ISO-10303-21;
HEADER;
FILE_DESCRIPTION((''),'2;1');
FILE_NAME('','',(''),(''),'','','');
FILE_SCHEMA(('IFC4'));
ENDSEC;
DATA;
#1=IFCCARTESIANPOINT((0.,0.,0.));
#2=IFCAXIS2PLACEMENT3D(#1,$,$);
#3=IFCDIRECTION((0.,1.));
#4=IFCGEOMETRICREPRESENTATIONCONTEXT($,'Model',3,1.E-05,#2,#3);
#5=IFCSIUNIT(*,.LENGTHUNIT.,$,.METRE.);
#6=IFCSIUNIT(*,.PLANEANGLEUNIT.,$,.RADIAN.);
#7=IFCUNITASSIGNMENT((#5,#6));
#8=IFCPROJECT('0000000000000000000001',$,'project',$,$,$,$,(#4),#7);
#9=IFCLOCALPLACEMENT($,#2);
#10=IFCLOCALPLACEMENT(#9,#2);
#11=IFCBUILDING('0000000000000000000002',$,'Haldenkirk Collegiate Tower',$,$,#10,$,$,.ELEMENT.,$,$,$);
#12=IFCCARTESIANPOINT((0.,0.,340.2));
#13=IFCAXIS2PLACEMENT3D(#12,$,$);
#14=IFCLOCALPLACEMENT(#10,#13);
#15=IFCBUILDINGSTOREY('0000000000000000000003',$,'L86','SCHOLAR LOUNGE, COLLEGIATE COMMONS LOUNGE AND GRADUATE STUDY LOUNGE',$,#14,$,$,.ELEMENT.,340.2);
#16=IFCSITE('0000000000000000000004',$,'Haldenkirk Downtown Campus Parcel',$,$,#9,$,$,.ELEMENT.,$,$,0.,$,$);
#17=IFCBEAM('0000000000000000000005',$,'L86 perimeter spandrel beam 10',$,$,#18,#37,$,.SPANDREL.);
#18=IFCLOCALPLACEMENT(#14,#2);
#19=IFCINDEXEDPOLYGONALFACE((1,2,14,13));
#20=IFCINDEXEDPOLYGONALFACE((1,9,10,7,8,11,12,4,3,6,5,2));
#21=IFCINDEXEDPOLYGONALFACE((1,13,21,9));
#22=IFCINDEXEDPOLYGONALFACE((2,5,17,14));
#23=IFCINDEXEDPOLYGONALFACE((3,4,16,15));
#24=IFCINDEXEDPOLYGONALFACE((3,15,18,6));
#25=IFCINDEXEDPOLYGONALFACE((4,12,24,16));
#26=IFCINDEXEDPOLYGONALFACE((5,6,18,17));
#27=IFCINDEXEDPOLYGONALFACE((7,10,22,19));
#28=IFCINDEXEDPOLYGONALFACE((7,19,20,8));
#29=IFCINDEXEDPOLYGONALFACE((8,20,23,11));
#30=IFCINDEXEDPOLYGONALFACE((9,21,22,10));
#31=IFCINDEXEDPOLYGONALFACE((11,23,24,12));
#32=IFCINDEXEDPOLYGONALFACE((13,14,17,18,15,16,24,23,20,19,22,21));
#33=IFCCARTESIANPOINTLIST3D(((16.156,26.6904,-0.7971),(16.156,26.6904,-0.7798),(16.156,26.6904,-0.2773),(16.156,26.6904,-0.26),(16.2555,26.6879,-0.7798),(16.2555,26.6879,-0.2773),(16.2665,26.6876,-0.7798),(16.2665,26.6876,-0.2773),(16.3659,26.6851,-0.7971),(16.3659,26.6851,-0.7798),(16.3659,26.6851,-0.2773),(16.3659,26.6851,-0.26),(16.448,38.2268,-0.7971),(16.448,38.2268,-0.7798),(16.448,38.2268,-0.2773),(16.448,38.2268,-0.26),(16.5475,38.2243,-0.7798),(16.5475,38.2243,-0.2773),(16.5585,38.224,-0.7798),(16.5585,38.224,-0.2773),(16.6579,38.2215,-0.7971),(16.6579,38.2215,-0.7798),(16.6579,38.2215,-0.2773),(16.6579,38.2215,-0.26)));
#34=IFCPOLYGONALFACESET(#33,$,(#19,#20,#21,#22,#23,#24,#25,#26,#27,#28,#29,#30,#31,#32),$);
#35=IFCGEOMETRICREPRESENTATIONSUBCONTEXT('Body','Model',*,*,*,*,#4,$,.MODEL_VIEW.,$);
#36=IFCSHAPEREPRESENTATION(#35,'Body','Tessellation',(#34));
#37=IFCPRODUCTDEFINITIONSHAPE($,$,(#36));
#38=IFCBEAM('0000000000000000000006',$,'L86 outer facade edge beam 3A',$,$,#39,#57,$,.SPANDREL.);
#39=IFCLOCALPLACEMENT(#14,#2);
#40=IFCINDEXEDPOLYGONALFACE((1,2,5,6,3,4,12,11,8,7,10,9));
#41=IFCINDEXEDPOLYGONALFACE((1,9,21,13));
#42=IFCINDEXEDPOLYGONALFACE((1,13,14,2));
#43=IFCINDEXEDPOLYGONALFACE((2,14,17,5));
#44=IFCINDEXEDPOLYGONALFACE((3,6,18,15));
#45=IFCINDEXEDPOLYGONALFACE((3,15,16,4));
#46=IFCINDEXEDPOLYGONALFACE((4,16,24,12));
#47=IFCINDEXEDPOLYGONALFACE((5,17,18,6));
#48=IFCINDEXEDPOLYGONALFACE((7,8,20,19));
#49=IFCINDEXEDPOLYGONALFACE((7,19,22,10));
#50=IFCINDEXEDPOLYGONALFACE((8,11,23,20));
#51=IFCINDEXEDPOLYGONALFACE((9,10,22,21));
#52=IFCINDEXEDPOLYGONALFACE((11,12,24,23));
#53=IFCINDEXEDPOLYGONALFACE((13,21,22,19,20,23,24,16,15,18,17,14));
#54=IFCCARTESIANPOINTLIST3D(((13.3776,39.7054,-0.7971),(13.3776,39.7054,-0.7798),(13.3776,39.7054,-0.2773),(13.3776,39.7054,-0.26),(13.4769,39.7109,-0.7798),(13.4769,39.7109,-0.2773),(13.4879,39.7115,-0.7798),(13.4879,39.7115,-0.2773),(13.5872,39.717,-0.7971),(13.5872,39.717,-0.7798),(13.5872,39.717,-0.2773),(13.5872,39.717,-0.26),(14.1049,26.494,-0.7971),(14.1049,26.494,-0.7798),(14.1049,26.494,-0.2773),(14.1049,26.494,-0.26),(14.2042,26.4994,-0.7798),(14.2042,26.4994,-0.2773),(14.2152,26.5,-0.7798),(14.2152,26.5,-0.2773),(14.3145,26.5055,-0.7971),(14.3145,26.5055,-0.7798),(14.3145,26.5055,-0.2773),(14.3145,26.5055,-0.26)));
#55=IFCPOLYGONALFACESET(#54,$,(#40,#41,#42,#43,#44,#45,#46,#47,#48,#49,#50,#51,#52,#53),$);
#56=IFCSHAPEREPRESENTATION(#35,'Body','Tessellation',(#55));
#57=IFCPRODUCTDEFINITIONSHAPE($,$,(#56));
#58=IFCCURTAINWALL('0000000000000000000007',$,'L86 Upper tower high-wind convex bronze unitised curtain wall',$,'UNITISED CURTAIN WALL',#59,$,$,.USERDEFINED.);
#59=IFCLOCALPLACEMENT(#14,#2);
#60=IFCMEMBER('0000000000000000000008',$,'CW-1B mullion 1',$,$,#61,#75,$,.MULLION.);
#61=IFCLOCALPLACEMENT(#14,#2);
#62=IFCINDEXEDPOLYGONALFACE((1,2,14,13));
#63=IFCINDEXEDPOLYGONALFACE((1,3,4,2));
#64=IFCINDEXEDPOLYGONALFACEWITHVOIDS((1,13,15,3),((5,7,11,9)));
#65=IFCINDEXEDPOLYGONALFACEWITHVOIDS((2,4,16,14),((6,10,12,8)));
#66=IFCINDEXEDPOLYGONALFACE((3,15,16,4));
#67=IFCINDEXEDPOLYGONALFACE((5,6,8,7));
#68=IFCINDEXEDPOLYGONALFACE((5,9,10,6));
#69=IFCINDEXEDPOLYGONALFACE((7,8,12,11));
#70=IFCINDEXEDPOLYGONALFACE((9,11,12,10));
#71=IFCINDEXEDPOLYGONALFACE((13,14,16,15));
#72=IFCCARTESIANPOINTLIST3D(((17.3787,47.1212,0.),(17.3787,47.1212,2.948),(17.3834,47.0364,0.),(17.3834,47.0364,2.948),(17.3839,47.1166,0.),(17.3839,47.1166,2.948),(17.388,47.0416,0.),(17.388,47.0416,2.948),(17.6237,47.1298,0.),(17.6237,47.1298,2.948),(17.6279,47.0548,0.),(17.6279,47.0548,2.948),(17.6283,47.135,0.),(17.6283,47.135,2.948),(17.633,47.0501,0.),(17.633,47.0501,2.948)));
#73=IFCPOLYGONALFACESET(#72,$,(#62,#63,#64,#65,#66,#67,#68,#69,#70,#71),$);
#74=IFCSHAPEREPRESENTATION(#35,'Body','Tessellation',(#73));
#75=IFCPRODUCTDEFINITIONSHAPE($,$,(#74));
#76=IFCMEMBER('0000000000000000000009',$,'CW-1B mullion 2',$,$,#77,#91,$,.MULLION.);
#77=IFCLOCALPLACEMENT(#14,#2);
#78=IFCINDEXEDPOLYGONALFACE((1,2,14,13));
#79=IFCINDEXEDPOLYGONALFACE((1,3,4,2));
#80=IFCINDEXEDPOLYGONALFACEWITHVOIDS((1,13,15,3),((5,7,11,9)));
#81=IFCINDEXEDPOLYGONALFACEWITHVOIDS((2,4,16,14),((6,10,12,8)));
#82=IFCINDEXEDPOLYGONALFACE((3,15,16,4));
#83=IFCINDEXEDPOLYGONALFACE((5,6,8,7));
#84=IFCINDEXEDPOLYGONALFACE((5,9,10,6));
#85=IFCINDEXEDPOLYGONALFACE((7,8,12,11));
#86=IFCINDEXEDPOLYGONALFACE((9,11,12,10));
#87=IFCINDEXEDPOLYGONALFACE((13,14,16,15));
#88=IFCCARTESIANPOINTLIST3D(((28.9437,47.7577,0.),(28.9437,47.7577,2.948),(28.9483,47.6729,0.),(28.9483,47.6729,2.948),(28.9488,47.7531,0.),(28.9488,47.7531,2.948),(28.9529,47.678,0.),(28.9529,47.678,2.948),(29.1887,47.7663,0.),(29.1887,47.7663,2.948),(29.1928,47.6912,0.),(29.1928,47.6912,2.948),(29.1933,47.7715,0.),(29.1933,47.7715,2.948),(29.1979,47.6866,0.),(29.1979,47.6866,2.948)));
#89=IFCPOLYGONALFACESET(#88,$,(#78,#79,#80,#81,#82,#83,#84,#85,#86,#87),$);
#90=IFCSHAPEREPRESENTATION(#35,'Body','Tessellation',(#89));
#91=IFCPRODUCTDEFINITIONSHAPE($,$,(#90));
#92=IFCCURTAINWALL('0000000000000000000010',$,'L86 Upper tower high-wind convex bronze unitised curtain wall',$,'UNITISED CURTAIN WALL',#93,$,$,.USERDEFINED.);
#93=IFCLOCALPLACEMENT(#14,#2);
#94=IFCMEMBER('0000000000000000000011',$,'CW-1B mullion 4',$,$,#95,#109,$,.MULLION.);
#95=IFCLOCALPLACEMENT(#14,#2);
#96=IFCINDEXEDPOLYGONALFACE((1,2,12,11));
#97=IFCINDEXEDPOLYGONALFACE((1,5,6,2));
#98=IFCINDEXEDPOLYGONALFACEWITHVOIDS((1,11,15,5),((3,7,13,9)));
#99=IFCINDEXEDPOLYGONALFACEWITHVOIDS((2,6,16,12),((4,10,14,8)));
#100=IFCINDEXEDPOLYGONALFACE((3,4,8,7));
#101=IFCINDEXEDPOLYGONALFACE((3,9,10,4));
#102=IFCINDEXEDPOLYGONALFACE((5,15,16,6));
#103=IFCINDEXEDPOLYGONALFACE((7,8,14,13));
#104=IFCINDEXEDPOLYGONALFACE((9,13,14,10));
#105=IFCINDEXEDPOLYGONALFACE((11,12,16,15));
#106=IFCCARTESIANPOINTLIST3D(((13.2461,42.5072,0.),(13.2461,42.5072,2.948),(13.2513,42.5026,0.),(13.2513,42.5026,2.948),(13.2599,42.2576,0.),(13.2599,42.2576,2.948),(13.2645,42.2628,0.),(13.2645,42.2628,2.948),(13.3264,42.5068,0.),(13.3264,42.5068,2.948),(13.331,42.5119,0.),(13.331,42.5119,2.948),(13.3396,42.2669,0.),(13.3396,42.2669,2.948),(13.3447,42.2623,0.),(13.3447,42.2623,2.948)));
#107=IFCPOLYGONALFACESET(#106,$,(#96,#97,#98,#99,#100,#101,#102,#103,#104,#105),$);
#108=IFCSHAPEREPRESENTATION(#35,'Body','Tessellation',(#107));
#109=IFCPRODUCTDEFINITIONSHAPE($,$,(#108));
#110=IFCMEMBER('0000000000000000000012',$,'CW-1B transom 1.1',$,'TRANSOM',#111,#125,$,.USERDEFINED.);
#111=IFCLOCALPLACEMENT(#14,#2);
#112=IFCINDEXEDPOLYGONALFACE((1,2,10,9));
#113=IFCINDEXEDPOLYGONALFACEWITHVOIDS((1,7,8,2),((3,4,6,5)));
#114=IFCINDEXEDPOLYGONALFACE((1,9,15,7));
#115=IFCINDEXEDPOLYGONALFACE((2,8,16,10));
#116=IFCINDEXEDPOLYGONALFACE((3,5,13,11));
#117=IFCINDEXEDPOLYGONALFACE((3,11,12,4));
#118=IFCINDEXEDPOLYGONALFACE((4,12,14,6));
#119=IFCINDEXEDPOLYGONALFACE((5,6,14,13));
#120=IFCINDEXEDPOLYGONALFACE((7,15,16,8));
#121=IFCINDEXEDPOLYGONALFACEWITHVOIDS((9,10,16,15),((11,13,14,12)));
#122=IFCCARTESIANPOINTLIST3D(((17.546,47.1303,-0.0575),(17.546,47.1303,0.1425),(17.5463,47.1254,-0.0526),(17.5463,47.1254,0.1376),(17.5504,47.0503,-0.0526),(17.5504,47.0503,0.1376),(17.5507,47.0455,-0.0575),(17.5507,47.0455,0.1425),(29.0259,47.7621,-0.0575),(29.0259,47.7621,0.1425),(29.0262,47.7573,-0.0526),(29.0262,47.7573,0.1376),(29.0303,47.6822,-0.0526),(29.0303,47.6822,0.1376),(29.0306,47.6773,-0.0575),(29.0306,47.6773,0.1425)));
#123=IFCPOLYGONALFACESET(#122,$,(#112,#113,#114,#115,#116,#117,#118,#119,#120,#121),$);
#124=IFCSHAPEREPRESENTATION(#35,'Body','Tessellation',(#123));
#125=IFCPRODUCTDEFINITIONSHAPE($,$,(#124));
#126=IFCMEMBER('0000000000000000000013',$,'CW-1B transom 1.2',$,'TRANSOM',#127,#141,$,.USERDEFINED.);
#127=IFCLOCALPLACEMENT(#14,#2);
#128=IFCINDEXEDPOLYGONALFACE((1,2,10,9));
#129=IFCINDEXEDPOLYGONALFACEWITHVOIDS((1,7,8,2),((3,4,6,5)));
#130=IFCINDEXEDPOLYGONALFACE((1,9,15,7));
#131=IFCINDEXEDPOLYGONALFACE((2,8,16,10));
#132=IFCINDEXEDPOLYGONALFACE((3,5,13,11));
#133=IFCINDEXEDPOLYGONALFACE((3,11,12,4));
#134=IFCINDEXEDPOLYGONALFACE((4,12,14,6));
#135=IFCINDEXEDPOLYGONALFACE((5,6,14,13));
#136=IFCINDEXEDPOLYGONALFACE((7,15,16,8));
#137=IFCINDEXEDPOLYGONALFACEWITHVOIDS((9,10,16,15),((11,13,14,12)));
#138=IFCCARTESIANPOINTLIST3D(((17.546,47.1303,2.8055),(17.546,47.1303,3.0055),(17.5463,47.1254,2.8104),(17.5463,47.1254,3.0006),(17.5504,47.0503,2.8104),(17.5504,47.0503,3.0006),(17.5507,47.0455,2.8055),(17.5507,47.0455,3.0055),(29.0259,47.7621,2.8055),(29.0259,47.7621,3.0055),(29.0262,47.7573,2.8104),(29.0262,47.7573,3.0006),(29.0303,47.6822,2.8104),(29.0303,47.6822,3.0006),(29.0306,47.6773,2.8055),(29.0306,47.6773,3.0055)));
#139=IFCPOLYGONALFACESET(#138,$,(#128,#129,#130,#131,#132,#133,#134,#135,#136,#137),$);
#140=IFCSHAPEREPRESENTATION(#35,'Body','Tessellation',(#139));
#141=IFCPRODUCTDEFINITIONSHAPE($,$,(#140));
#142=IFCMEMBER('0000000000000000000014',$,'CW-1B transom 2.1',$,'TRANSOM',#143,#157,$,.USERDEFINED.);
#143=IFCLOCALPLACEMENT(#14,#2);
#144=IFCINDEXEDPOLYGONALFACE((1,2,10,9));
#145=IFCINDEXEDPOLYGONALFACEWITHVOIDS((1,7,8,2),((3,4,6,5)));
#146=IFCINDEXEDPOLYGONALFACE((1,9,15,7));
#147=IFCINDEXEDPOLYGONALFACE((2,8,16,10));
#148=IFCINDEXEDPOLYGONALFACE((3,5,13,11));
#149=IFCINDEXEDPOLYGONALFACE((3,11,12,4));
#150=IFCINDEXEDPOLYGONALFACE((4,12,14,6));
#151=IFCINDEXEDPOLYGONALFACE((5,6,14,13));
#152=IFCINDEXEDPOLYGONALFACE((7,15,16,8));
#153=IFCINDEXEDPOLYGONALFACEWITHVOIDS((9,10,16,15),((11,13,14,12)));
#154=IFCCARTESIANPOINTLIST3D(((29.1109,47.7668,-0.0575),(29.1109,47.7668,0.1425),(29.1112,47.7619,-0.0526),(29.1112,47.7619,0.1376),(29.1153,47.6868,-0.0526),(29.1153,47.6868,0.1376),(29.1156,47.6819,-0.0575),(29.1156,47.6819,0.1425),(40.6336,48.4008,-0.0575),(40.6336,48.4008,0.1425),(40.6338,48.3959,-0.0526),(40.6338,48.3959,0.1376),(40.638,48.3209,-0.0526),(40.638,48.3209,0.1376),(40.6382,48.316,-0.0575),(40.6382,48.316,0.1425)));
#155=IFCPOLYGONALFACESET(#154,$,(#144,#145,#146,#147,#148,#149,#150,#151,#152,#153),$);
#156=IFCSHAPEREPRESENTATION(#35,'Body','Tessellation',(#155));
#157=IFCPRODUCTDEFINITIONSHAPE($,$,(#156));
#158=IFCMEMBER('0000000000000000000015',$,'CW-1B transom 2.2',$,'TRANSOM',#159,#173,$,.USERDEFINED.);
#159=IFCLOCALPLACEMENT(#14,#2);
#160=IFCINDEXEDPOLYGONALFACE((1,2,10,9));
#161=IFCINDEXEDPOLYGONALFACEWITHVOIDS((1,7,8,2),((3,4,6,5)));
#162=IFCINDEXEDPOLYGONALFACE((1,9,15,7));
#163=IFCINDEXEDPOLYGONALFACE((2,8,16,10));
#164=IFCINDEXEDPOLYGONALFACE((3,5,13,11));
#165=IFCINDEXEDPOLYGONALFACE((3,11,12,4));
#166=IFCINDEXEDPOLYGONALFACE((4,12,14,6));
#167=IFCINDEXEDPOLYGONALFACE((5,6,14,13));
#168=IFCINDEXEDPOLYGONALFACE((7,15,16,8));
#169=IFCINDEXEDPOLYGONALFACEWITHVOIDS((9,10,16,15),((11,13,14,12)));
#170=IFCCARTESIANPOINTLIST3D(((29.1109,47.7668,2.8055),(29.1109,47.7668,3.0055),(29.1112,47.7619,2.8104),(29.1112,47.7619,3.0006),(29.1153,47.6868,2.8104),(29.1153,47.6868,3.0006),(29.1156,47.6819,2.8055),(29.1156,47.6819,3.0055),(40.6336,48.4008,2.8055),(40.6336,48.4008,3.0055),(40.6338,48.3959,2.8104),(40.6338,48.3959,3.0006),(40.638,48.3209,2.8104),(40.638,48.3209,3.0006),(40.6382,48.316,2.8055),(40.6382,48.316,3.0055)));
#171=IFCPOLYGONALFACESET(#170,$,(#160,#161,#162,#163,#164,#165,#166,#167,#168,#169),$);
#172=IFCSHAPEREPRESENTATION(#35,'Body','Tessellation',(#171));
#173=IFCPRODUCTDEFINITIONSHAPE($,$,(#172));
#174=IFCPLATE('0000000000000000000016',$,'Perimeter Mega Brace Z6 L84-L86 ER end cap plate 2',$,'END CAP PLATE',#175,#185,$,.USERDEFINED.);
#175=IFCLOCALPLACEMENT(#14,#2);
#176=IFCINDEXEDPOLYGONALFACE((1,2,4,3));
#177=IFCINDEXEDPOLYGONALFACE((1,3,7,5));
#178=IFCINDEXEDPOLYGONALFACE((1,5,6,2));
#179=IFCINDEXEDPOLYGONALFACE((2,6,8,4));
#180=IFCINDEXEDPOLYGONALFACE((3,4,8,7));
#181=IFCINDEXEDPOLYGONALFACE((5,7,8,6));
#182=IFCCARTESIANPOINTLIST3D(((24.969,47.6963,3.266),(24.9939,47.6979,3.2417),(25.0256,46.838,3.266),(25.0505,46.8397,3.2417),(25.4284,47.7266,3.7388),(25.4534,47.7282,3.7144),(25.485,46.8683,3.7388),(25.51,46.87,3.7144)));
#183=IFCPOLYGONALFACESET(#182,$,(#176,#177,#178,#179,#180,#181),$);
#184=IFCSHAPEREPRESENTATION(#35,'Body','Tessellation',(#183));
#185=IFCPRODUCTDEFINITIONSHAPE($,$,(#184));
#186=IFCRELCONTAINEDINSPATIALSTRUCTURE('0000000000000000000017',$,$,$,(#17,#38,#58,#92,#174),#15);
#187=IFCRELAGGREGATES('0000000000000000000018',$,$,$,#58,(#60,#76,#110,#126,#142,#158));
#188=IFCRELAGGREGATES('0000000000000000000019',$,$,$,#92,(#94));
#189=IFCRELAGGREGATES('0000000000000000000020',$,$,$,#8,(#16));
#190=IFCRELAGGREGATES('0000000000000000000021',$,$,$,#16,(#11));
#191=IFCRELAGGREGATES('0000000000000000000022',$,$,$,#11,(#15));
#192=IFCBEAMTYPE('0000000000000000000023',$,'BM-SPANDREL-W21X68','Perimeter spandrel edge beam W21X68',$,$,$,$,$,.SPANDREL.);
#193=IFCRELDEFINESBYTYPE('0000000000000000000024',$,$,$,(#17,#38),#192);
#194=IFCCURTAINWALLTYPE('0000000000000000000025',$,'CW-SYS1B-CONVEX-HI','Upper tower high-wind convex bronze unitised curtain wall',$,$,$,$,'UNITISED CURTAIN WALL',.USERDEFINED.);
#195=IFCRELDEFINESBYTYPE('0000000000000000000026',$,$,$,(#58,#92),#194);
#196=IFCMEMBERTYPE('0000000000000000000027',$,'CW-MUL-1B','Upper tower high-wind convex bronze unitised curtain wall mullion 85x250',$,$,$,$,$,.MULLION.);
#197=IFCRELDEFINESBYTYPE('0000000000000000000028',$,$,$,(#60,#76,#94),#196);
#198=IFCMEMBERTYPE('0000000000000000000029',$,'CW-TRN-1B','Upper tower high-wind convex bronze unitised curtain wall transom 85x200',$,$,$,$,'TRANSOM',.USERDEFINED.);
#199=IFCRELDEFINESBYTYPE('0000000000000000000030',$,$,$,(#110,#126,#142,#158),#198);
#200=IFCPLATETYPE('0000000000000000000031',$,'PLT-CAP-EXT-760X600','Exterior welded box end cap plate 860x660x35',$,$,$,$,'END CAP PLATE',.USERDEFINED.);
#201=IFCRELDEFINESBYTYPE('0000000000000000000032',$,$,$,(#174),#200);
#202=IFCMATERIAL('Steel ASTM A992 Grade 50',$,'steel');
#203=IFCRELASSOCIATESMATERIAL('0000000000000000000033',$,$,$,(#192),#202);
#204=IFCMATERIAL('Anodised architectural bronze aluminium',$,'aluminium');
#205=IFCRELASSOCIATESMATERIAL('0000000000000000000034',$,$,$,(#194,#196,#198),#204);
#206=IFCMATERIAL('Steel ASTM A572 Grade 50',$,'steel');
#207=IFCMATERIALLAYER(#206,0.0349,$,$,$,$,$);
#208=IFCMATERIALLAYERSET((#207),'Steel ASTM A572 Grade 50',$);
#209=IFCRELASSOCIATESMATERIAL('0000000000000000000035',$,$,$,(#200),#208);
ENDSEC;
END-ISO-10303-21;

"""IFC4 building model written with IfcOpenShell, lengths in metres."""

from ifc_helpers import new_model, si_unit, direction, frame, origin, origin_2d, place, context, subcontext, project, spatial, rectangle, hollow_rectangle, i_section, extrude, source, transform, mapped, material, layer, layer_set, material_profile, profile_set, type_object, element, aggregate, save


model = new_model("IFC4")

# Units and contexts
model_context = context("Model", 3, precision=1e-05, world=origin(), true_north=direction((0.0, 1.0)))
body_context = subcontext(model_context, "Body", "Model", "MODEL_VIEW")
ifc_project = project(units=[si_unit("LENGTHUNIT", "METRE"), si_unit("PLANEANGLEUNIT", "RADIAN")], contexts=[model_context])

# Site, building, storey
site_placement = place(None, origin())
site = spatial("IfcSite", under=ifc_project, at=site_placement, Name="Haldenkirk Downtown Campus Parcel", CompositionType="ELEMENT", RefElevation=0.0)
building_placement = place(site_placement, origin())
building = spatial("IfcBuilding", under=site, at=building_placement, Name="Haldenkirk Collegiate Tower", CompositionType="ELEMENT")
storey_placement = place(building_placement, frame((0.0, 0.0, 340.2)))
storey = spatial("IfcBuildingStorey", under=building, at=storey_placement, Name="L86", Description="SCHOLAR LOUNGE, COLLEGIATE COMMONS LOUNGE AND GRADUATE STUDY LOUNGE", CompositionType="ELEMENT", Elevation=340.2)

# Shared definitions
ifc_material_1 = material(Name="Steel ASTM A572 Grade 50", Category="steel")

# Beams
ifc_material_2 = material(Name="Steel ASTM A992 Grade 50", Category="steel")
ifc_material_profile_1 = material_profile(ifc_material_2, i_section(OverallWidth=0.21, OverallDepth=0.5371, WebThickness=0.011, FlangeThickness=0.0173, at=origin_2d()), Name="W21X68")
ifc_profile_set_1 = profile_set([ifc_material_profile_1], Name="Steel ASTM A992 Grade 50")
beam_type_1 = type_object("IfcBeamType", Name="BM-SPANDREL-W21X68", Description="Perimeter spandrel edge beam W21X68", PredefinedType="SPANDREL", material=ifc_profile_set_1)
beam_1_placement = place(storey_placement, frame((16.553, 38.2241, -0.5286), z_axis=(-0.025302, -0.99968, 0.0), x_axis=(0.99968, -0.025302, 0.0)))
element("IfcBeam", 1, at=beam_1_placement, inside=storey, type_object=beam_type_1, Name="L86 perimeter spandrel beam 10", PredefinedType="SPANDREL", context=body_context, shape_type="SweptSolid", body=[
    extrude(i_section(OverallWidth=0.21, OverallDepth=0.5371, WebThickness=0.011, FlangeThickness=0.0173, at=origin_2d()), origin(), (0.0, 0.0, 1.0), 11.54),
])
beam_2_placement = place(storey_placement, frame((13.4824, 39.7112, -0.5286), z_axis=(0.054967, -0.998488, 0.0), x_axis=(0.998488, 0.054967, 0.0)))
element("IfcBeam", 2, at=beam_2_placement, inside=storey, type_object=beam_type_1, Name="L86 outer facade edge beam 3A", PredefinedType="SPANDREL", context=body_context, shape_type="SweptSolid", body=[
    extrude(i_section(OverallWidth=0.21, OverallDepth=0.5371, WebThickness=0.011, FlangeThickness=0.0173, at=origin_2d()), origin(), (0.0, 0.0, 1.0), 13.2314),
])

# Curtain wall, members
ifc_material_3 = material(Name="Anodised architectural bronze aluminium", Category="aluminium")
curtain_wall_type = type_object("IfcCurtainWallType", Name="CW-SYS1B-CONVEX-HI", Description="Upper tower high-wind convex bronze unitised curtain wall", ElementType="UNITISED CURTAIN WALL", PredefinedType="USERDEFINED", material=ifc_material_3)
curtain_wall_1_placement = place(storey_placement, origin())
curtain_wall_1 = element("IfcCurtainWall", 3, at=curtain_wall_1_placement, inside=storey, type_object=curtain_wall_type, Name="L86 Upper tower high-wind convex bronze unitised curtain wall", ObjectType="UNITISED CURTAIN WALL", PredefinedType="USERDEFINED")
ifc_material_profile_2 = material_profile(ifc_material_3, hollow_rectangle(XDim=0.085, YDim=0.25, WallThickness=0.0049, at=origin_2d()), Name="CW-MUL-1B")
ifc_profile_set_2 = profile_set([ifc_material_profile_2], Name="Anodised architectural bronze aluminium")
member_type_1 = type_object("IfcMemberType", Name="CW-MUL-1B", Description="Upper tower high-wind convex bronze unitised curtain wall mullion 85x250", PredefinedType="MULLION", material=ifc_profile_set_2)
member_1_placement = place(storey_placement, frame((17.5059, 47.0857, 0.0), z_axis=(0.0, 0.0, 1.0), x_axis=(-0.054948, 0.998489, 0.0)))
member_1 = element("IfcMember", 4, at=member_1_placement, type_object=member_type_1, Name="CW-1B mullion 1", PredefinedType="MULLION", context=body_context, shape_type="SweptSolid", body=[
    extrude(hollow_rectangle(XDim=0.085, YDim=0.25, WallThickness=0.0049, at=origin_2d()), origin(), (0.0, 0.0, 1.0), 2.948),
])
member_2_placement = place(storey_placement, frame((29.0708, 47.7222, 0.0), z_axis=(0.0, 0.0, 1.0), x_axis=(-0.054948, 0.998489, 0.0)))
member_2 = element("IfcMember", 5, at=member_2_placement, type_object=member_type_1, Name="CW-1B mullion 2", PredefinedType="MULLION", context=body_context, shape_type="SweptSolid", body=[
    extrude(hollow_rectangle(XDim=0.085, YDim=0.25, WallThickness=0.0049, at=origin_2d()), origin(), (0.0, 0.0, 1.0), 2.948),
])

# Curtain wall, member
curtain_wall_2_placement = place(storey_placement, origin())
curtain_wall_2 = element("IfcCurtainWall", 6, at=curtain_wall_2_placement, inside=storey, type_object=curtain_wall_type, Name="L86 Upper tower high-wind convex bronze unitised curtain wall", ObjectType="UNITISED CURTAIN WALL", PredefinedType="USERDEFINED")
member_3_placement = place(storey_placement, frame((13.2954, 42.3848, 0.0), z_axis=(0.0, 0.0, 1.0), x_axis=(-0.998489, -0.054949, 0.0)))
member_3 = element("IfcMember", 7, at=member_3_placement, type_object=member_type_1, Name="CW-1B mullion 4", PredefinedType="MULLION", context=body_context, shape_type="SweptSolid", body=[
    extrude(hollow_rectangle(XDim=0.085, YDim=0.25, WallThickness=0.0049, at=origin_2d()), origin(), (0.0, 0.0, 1.0), 2.948),
])

# Members
ifc_material_profile_3 = material_profile(ifc_material_3, hollow_rectangle(XDim=0.085, YDim=0.2, WallThickness=0.0049, at=origin_2d()), Name="CW-TRN-1B")
ifc_profile_set_3 = profile_set([ifc_material_profile_3], Name="Anodised architectural bronze aluminium")
member_type_2 = type_object("IfcMemberType", Name="CW-TRN-1B", Description="Upper tower high-wind convex bronze unitised curtain wall transom 85x200", ElementType="TRANSOM", PredefinedType="USERDEFINED", material=ifc_profile_set_3)
member_4_placement = place(storey_placement, frame((17.5483, 47.0879, 0.0425), z_axis=(0.998489, 0.054955, 0.0), x_axis=(-0.054955, 0.998489, 0.0)))
member_4 = element("IfcMember", 8, at=member_4_placement, type_object=member_type_2, Name="CW-1B transom 1.1", ObjectType="TRANSOM", PredefinedType="USERDEFINED", context=body_context, shape_type="SweptSolid", body=[
    extrude(hollow_rectangle(XDim=0.085, YDim=0.2, WallThickness=0.0049, at=origin_2d()), origin(), (0.0, 0.0, 1.0), 11.4973),
])
member_5_placement = place(storey_placement, frame((17.5483, 47.0879, 2.9055), z_axis=(0.998489, 0.054955, 0.0), x_axis=(-0.054955, 0.998489, 0.0)))
member_5 = element("IfcMember", 9, at=member_5_placement, type_object=member_type_2, Name="CW-1B transom 1.2", ObjectType="TRANSOM", PredefinedType="USERDEFINED", context=body_context, shape_type="SweptSolid", body=[
    extrude(hollow_rectangle(XDim=0.085, YDim=0.2, WallThickness=0.0049, at=origin_2d()), origin(), (0.0, 0.0, 1.0), 11.4973),
])
member_6_placement = place(storey_placement, frame((29.1133, 47.7244, 0.0425), z_axis=(0.99849, 0.054942, 0.0), x_axis=(-0.054942, 0.99849, 0.0)))
member_6 = element("IfcMember", 10, at=member_6_placement, type_object=member_type_2, Name="CW-1B transom 2.1", ObjectType="TRANSOM", PredefinedType="USERDEFINED", context=body_context, shape_type="SweptSolid", body=[
    extrude(hollow_rectangle(XDim=0.085, YDim=0.2, WallThickness=0.0049, at=origin_2d()), origin(), (0.0, 0.0, 1.0), 11.54),
])
member_7_placement = place(storey_placement, frame((29.1133, 47.7244, 2.9055), z_axis=(0.99849, 0.054942, 0.0), x_axis=(-0.054942, 0.99849, 0.0)))
member_7 = element("IfcMember", 11, at=member_7_placement, type_object=member_type_2, Name="CW-1B transom 2.2", ObjectType="TRANSOM", PredefinedType="USERDEFINED", context=body_context, shape_type="SweptSolid", body=[
    extrude(hollow_rectangle(XDim=0.085, YDim=0.2, WallThickness=0.0049, at=origin_2d()), origin(), (0.0, 0.0, 1.0), 11.54),
])

# Plate
ifc_layer_1 = layer(ifc_material_1, 0.0349)
ifc_layer_set_1 = layer_set([ifc_layer_1], Name="Steel ASTM A572 Grade 50")
plate_type_1 = type_object("IfcPlateType", Name="PLT-CAP-EXT-760X600", Description="Exterior welded box end cap plate 860x660x35", ElementType="END CAP PLATE", PredefinedType="USERDEFINED", material=ifc_layer_set_1)
shared_shape_1 = source(origin(), body_context, "Body", "SweptSolid", [
    extrude(rectangle(XDim=0.8601, YDim=0.6599, at=origin_2d()), origin(), (0.0, 0.0, 1.0), 0.0349),
])
for number, where, z_axis, x_axis, name in (
    (12, (25.252, 47.2839, 3.478), (-0.714831, -0.047134, 0.697707), (0.065794, -0.997833, 0.0), "Perimeter Mega Brace Z6 L84-L86 ER end cap plate 2"),
):
    element("IfcPlate", number, at=place(storey_placement, frame(where, z_axis=z_axis, x_axis=x_axis)), inside=storey, type_object=plate_type_1, Name=name, ObjectType="END CAP PLATE", PredefinedType="USERDEFINED", context=body_context, shape_type="MappedRepresentation", body=[
        mapped(shared_shape_1, transform((0.0, 0.0, 0.0), x_axis=(1.0, 0.0, 0.0), y_axis=(0.0, 1.0, 0.0), z_axis=(0.0, 0.0, 1.0), scale=1.0)),
    ])

aggregate(curtain_wall_1, [member_1, member_2, member_4, member_5, member_6, member_7])
aggregate(curtain_wall_2, [member_3])

save(model, "model.ifc")
